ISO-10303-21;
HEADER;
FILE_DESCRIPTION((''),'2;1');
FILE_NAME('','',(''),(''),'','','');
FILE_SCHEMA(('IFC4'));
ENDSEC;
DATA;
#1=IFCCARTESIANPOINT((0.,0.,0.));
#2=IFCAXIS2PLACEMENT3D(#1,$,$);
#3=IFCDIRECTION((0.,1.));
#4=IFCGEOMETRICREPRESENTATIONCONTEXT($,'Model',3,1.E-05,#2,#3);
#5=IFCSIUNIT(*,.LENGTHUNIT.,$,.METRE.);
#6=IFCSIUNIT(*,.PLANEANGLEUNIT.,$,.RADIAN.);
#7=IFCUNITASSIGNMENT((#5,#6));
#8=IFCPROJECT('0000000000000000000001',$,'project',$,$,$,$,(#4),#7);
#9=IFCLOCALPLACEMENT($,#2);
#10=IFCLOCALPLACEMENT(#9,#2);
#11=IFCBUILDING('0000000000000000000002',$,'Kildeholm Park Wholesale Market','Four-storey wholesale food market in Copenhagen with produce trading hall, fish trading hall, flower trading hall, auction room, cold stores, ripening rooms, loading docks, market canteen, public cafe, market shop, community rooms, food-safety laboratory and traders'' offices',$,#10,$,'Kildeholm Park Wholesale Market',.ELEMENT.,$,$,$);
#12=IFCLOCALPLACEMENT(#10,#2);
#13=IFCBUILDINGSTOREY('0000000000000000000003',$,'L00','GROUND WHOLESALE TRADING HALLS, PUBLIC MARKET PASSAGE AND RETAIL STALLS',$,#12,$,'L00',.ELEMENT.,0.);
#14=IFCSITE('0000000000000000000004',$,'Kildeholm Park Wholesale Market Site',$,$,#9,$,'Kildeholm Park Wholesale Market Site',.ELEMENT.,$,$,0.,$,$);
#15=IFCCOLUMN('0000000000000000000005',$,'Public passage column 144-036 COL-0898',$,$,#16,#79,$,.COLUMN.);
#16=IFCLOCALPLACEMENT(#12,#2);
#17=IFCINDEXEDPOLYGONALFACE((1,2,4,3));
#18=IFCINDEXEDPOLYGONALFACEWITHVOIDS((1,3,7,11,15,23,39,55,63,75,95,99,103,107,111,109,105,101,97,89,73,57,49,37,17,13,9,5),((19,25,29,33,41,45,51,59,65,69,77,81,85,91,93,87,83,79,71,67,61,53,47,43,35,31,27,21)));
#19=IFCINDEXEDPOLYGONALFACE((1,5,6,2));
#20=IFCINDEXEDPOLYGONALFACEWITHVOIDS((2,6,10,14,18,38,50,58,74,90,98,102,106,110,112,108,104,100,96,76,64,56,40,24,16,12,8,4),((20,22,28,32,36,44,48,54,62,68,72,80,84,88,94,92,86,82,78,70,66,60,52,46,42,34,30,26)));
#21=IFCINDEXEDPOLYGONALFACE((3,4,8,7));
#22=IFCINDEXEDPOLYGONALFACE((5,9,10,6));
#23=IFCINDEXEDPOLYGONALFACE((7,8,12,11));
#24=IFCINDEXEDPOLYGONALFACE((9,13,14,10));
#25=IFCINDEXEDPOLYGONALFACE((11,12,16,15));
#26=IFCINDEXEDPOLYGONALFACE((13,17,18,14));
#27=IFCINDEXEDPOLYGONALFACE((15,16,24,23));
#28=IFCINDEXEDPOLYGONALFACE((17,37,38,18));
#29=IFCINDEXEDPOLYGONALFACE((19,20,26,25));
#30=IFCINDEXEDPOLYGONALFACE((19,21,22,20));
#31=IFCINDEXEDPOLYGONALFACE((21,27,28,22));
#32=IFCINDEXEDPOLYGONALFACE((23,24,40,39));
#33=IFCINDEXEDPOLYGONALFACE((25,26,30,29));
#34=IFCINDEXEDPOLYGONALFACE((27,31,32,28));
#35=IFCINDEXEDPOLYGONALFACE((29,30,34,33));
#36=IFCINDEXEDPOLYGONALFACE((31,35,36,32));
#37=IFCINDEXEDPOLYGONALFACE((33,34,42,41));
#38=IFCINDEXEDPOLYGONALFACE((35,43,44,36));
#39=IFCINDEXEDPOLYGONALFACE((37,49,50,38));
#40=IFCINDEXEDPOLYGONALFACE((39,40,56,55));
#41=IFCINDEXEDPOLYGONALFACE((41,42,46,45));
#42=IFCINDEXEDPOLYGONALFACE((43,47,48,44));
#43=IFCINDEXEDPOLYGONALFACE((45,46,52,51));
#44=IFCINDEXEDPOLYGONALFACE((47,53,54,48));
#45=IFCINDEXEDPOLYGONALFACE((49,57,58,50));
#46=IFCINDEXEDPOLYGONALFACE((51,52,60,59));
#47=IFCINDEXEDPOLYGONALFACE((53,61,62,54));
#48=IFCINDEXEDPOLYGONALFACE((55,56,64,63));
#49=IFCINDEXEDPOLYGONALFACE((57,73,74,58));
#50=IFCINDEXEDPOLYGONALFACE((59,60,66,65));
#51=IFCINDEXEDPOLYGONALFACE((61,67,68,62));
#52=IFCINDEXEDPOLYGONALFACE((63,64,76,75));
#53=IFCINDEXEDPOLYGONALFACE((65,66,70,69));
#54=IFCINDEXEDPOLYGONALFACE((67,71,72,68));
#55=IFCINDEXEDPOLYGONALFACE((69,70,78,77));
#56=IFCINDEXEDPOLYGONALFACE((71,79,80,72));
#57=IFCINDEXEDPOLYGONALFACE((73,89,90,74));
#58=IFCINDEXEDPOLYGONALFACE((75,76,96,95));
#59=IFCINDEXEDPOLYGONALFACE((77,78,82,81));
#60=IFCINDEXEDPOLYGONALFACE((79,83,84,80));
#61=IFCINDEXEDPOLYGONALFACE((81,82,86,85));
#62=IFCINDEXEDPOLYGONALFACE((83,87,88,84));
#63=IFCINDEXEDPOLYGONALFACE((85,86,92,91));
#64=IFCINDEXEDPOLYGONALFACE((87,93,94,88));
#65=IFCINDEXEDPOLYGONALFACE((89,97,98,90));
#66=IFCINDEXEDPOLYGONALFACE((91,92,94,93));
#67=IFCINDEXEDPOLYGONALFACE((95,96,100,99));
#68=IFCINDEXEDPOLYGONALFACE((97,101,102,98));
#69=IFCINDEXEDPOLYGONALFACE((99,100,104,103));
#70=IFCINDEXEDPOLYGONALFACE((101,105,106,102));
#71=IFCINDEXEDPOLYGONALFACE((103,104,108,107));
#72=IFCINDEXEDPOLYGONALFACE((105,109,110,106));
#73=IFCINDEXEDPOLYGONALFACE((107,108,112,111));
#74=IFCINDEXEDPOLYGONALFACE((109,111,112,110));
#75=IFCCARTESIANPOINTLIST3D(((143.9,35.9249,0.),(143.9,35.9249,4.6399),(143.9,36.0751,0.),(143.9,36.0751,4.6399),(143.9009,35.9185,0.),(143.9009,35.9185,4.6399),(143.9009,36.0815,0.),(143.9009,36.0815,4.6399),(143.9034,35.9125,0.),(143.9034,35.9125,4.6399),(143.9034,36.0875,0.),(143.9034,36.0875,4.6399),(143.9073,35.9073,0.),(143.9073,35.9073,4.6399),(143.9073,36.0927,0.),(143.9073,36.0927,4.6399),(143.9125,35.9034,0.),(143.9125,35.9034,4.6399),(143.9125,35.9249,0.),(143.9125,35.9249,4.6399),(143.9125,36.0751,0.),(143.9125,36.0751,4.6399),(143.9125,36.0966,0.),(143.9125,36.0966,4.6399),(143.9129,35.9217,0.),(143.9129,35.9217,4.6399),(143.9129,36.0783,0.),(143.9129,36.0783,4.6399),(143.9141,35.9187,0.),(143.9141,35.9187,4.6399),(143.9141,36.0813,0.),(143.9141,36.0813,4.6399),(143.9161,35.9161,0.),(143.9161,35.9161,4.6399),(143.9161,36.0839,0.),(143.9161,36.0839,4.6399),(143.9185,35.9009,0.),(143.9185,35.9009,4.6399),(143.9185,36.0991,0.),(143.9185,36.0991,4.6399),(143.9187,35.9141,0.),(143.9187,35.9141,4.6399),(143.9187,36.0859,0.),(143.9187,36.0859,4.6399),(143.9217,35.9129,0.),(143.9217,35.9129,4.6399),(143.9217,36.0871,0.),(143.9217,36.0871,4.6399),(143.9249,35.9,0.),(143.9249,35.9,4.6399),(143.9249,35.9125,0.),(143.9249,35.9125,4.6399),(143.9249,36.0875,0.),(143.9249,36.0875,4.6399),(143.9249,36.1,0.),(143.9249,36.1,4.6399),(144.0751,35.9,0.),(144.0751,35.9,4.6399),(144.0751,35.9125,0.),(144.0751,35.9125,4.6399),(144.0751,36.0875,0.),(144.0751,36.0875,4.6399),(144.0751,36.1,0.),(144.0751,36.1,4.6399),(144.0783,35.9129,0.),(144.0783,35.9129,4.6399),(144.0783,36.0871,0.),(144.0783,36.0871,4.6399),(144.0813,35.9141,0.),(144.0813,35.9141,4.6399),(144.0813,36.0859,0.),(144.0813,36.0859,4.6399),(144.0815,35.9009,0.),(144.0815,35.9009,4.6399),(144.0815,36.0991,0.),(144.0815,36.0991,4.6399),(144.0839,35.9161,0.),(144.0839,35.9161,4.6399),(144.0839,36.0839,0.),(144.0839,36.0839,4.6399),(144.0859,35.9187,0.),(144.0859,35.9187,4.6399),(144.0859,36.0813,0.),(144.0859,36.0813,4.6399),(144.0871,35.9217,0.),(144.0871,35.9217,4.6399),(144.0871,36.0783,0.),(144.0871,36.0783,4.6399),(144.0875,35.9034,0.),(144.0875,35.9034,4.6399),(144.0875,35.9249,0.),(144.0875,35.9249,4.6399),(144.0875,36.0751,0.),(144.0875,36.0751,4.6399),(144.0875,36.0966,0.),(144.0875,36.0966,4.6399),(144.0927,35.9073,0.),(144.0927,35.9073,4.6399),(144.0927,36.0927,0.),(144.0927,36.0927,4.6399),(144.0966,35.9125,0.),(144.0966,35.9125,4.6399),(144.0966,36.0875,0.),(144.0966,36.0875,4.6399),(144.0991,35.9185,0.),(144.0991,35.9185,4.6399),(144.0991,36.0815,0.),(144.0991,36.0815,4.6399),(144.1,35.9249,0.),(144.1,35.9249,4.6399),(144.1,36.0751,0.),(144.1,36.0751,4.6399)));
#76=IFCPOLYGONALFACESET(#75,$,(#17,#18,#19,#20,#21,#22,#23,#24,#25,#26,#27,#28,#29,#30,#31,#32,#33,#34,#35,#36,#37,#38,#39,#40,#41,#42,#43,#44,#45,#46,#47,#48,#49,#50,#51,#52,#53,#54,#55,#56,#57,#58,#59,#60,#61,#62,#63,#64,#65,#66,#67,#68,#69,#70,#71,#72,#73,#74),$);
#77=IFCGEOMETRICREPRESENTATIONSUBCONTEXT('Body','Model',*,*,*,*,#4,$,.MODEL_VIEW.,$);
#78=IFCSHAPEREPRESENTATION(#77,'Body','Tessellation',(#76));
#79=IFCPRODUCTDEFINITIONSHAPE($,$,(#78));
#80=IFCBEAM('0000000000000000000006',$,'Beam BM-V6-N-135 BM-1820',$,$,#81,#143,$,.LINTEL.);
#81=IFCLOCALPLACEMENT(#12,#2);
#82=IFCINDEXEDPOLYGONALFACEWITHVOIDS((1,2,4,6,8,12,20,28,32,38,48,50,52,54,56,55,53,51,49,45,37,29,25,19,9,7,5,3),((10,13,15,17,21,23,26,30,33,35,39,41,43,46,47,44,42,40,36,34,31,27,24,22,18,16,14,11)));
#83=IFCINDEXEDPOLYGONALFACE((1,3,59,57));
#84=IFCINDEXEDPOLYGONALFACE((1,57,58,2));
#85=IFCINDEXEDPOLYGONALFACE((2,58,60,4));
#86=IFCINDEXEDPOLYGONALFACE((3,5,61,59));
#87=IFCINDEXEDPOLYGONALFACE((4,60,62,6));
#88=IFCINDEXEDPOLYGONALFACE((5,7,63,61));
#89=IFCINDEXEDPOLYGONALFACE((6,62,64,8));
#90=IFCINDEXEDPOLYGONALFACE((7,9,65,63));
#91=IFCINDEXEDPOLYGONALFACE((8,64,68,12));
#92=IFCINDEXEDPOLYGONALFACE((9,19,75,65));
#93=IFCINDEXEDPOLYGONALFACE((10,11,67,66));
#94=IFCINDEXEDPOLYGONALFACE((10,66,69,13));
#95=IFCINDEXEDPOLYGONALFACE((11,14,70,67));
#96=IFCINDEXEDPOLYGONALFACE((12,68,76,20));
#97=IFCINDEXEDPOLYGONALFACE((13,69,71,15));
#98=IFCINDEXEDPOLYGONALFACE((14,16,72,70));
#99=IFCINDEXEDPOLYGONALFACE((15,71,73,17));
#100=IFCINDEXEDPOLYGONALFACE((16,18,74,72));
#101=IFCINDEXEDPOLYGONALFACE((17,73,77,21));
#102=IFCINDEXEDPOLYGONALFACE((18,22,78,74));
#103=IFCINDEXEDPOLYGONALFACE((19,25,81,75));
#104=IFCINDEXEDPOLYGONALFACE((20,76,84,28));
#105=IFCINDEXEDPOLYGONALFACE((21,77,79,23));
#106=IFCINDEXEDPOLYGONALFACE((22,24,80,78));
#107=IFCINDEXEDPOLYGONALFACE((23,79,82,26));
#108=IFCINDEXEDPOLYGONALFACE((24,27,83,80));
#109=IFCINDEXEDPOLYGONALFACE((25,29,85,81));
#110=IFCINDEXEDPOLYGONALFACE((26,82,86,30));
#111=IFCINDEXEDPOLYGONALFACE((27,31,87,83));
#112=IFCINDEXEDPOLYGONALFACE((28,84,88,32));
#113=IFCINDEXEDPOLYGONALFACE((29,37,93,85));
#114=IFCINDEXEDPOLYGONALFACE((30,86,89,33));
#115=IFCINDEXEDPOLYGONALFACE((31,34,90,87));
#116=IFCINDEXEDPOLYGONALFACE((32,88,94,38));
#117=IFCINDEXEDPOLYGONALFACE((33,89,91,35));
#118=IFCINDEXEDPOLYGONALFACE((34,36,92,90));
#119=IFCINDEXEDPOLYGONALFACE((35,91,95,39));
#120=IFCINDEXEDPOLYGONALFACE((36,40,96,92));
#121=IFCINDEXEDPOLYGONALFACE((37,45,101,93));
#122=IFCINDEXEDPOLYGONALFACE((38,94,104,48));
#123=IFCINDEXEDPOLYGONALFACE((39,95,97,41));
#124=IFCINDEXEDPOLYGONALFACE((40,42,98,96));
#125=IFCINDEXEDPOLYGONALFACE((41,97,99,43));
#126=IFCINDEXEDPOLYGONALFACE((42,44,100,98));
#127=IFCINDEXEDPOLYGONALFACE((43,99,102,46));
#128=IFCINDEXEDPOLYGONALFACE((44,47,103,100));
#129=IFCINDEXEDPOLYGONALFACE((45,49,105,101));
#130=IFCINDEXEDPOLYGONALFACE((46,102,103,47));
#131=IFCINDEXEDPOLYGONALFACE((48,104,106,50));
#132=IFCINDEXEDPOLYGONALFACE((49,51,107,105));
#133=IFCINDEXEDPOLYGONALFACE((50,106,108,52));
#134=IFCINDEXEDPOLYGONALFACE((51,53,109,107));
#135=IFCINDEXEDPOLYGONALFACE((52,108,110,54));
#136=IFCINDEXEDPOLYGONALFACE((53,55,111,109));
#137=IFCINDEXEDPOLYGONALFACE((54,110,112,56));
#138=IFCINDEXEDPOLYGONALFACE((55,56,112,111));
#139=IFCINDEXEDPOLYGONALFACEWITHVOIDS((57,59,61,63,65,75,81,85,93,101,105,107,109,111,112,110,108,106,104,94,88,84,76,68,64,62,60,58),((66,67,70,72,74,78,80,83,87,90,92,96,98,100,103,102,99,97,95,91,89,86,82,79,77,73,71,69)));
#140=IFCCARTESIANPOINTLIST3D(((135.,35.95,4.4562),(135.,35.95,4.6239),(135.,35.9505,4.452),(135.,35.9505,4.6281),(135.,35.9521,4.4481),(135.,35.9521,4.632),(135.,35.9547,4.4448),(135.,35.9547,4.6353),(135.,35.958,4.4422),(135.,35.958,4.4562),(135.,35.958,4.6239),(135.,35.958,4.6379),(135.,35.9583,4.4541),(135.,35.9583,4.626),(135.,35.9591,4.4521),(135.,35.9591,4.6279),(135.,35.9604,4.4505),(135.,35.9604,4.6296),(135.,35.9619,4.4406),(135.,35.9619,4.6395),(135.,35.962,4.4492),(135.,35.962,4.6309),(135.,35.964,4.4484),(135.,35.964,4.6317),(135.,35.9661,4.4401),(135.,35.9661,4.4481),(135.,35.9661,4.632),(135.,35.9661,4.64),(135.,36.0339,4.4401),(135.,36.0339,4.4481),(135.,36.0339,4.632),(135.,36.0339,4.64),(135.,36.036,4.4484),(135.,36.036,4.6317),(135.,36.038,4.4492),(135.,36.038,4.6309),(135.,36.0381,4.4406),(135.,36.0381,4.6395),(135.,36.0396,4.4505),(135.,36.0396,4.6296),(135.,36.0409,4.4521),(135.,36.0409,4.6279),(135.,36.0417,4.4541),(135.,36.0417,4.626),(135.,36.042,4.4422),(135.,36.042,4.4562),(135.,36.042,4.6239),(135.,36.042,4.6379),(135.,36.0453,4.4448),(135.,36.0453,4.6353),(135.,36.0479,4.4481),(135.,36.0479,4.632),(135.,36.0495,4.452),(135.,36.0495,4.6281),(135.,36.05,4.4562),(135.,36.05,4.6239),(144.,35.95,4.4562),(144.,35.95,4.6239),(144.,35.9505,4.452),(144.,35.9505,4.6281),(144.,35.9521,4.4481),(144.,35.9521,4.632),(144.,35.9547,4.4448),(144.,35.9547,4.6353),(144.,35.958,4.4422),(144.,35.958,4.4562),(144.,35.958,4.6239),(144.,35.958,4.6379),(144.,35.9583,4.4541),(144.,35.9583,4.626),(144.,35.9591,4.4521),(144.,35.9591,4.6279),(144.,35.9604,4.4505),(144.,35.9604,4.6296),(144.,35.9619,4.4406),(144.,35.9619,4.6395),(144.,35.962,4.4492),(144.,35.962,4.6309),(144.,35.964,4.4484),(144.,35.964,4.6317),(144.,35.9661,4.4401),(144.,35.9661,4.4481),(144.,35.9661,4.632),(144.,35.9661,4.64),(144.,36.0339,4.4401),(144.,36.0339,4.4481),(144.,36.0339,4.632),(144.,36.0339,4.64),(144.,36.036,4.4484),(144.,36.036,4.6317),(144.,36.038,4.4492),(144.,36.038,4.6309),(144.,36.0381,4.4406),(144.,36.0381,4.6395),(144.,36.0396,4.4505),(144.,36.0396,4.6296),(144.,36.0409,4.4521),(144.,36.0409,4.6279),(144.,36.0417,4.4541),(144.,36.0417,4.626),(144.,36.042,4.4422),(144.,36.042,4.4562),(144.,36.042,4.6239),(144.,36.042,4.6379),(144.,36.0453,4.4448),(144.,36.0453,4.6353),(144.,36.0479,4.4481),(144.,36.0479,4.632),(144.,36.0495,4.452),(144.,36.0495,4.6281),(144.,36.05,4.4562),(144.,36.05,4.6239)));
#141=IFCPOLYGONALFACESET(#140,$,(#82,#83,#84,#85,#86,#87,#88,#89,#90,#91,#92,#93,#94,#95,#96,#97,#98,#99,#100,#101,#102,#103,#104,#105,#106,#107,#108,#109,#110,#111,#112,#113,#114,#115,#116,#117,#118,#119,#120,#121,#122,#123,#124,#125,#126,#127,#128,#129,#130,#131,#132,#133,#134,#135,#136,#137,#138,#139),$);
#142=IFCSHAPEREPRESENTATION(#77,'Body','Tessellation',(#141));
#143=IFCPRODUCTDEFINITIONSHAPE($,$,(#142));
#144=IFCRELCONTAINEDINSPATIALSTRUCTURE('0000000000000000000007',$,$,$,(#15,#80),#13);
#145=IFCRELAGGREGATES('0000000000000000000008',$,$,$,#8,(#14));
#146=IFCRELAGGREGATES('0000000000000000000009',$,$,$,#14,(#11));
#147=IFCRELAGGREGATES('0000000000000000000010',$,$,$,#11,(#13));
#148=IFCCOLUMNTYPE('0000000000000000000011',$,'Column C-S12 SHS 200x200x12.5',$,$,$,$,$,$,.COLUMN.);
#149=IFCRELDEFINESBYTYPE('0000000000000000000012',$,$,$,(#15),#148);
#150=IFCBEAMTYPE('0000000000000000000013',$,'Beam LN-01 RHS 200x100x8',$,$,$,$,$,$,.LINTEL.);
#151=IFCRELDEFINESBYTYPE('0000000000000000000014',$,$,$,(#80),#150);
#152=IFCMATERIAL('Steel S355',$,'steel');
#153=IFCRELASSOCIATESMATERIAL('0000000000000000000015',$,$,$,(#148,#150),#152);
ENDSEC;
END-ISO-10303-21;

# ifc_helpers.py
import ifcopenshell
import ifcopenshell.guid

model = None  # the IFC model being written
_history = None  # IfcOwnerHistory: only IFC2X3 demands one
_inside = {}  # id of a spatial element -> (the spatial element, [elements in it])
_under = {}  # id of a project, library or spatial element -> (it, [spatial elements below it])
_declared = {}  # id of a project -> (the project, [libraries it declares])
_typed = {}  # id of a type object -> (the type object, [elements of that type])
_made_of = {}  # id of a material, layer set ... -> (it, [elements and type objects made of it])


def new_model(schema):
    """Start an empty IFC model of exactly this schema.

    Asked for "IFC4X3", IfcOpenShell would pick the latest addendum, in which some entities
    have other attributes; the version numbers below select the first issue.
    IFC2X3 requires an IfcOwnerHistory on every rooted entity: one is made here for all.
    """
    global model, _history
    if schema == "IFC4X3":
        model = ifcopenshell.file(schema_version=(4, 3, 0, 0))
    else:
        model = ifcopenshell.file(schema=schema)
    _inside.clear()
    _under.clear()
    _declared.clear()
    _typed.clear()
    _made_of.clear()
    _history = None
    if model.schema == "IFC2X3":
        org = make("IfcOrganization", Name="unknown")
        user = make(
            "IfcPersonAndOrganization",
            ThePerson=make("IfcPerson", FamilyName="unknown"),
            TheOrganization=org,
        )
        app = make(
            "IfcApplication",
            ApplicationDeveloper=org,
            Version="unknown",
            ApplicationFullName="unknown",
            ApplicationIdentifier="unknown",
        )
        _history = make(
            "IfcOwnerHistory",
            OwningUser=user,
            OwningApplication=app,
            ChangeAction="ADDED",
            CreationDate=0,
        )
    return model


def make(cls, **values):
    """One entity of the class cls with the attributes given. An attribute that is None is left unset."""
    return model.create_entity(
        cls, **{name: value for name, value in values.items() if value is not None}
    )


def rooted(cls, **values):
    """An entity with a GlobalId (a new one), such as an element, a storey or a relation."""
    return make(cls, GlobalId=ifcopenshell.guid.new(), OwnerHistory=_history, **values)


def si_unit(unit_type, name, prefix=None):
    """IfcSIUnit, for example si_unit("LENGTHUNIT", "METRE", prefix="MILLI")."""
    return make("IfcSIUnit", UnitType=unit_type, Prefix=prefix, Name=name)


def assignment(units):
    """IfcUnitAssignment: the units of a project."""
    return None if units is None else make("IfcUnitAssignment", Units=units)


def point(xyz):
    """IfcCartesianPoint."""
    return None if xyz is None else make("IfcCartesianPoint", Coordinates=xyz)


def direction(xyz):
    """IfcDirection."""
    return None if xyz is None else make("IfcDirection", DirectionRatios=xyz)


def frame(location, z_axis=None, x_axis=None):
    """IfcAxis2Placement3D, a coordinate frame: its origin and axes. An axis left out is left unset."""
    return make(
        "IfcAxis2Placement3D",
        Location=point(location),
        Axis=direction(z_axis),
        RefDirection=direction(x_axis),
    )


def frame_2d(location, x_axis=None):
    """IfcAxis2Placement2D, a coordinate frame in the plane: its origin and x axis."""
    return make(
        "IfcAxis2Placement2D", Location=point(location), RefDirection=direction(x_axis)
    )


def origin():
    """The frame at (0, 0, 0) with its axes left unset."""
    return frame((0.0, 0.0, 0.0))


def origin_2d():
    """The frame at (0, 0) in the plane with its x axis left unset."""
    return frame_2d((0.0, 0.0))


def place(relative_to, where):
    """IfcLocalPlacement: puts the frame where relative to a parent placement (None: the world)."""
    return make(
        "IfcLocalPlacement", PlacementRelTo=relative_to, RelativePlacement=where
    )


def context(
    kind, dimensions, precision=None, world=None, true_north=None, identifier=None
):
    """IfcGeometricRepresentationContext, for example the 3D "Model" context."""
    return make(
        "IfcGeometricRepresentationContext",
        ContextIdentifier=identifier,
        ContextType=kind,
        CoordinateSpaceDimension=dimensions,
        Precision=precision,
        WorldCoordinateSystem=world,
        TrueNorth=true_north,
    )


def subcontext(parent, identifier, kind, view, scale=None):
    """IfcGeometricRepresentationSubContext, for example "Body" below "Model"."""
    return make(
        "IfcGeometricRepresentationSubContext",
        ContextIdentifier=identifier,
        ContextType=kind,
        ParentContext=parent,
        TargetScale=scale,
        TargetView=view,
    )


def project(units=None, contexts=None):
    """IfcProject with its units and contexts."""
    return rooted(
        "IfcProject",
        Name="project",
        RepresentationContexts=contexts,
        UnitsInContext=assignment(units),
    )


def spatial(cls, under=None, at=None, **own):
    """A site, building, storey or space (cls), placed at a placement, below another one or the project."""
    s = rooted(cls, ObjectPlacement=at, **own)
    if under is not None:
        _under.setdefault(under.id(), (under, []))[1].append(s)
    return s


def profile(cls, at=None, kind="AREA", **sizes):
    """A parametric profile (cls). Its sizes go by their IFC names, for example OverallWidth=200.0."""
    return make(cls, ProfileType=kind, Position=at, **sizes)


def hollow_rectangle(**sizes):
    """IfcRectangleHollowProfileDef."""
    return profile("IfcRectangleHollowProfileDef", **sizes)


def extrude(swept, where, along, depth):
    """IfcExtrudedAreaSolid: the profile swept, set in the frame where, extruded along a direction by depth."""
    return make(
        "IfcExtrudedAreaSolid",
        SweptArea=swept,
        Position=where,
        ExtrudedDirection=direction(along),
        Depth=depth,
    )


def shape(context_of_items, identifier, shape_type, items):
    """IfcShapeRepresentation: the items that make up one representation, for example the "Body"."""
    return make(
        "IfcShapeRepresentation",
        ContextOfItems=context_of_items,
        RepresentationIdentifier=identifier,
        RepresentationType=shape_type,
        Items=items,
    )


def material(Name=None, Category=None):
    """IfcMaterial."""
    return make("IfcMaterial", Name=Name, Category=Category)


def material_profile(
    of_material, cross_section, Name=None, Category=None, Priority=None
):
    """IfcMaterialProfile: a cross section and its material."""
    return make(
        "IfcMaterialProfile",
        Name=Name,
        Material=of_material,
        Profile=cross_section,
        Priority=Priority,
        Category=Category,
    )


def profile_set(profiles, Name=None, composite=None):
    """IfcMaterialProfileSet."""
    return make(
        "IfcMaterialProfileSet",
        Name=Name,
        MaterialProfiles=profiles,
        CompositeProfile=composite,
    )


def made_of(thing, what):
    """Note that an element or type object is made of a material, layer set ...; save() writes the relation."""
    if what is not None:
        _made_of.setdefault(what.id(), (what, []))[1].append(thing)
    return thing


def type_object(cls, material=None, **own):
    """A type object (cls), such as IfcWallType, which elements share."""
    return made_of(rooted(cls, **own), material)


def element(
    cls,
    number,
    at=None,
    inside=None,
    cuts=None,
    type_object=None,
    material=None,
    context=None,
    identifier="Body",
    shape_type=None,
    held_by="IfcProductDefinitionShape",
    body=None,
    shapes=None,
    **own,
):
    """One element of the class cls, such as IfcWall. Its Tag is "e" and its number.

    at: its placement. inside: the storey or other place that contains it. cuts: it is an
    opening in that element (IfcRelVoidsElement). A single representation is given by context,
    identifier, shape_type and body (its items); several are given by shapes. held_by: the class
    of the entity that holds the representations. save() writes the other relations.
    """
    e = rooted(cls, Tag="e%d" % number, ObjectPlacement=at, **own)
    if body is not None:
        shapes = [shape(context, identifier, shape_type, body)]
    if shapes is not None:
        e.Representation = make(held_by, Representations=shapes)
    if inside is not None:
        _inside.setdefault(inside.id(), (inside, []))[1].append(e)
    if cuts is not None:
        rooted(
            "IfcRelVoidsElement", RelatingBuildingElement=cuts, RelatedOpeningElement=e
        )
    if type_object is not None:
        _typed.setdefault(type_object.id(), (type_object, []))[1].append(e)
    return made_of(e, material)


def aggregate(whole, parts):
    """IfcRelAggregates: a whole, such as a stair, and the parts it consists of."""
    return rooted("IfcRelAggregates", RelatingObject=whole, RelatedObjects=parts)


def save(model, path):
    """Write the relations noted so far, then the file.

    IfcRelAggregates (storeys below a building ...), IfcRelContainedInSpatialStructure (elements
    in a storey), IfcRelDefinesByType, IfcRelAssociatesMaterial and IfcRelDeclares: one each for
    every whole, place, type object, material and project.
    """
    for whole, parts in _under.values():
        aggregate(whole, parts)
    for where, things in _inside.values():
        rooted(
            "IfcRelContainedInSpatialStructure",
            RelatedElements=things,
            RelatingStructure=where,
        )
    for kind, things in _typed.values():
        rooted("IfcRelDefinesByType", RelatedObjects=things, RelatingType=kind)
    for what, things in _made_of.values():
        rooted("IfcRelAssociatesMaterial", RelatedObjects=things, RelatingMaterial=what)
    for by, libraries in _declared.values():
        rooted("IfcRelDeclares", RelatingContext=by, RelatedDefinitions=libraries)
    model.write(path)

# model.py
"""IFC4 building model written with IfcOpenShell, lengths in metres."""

from ifc_helpers import new_model, si_unit, direction, frame, origin, origin_2d, place, context, subcontext, project, spatial, hollow_rectangle, extrude, material, material_profile, profile_set, type_object, element, save


model = new_model("IFC4")

# Units and contexts
model_context = context("Model", 3, precision=1e-05, world=origin(), true_north=direction((0.0, 1.0)))
body_context = subcontext(model_context, "Body", "Model", "MODEL_VIEW")
ifc_project = project(units=[si_unit("LENGTHUNIT", "METRE"), si_unit("PLANEANGLEUNIT", "RADIAN")], contexts=[model_context])

# Site, building, storey
site_placement = place(None, origin())
site = spatial("IfcSite", under=ifc_project, at=site_placement, Name="Kildeholm Park Wholesale Market Site", LongName="Kildeholm Park Wholesale Market Site", CompositionType="ELEMENT", RefElevation=0.0)
building_placement = place(site_placement, origin())
building = spatial("IfcBuilding", under=site, at=building_placement, Name="Kildeholm Park Wholesale Market", Description="Four-storey wholesale food market in Copenhagen with produce trading hall, fish trading hall, flower trading hall, auction room, cold stores, ripening rooms, loading docks, market canteen, public cafe, market shop, community rooms, food-safety laboratory and traders' offices", LongName="Kildeholm Park Wholesale Market", CompositionType="ELEMENT")
storey_placement = place(building_placement, origin())
storey = spatial("IfcBuildingStorey", under=building, at=storey_placement, Name="L00", Description="GROUND WHOLESALE TRADING HALLS, PUBLIC MARKET PASSAGE AND RETAIL STALLS", LongName="L00", CompositionType="ELEMENT", Elevation=0.0)

# Column
ifc_material_1 = material(Name="Steel S355", Category="steel")
ifc_material_profile_1 = material_profile(ifc_material_1, hollow_rectangle(XDim=0.2, YDim=0.2, WallThickness=0.0125, InnerFilletRadius=0.0125, OuterFilletRadius=0.0249, at=origin_2d()), Name="SHS 200x200x12.5")
ifc_profile_set_1 = profile_set([ifc_material_profile_1], Name="Steel S355")
column_type_1 = type_object("IfcColumnType", Name="Column C-S12 SHS 200x200x12.5", PredefinedType="COLUMN", material=ifc_profile_set_1)
column_1_placement = place(storey_placement, frame((144.0, 36.0, 0.0), z_axis=(0.0, 0.0, 1.0), x_axis=(1.0, 0.0, 0.0)))
element("IfcColumn", 1, at=column_1_placement, inside=storey, type_object=column_type_1, Name="Public passage column 144-036 COL-0898", PredefinedType="COLUMN", context=body_context, shape_type="SweptSolid", body=[
    extrude(hollow_rectangle(XDim=0.2, YDim=0.2, WallThickness=0.0125, InnerFilletRadius=0.0125, OuterFilletRadius=0.0249, at=origin_2d()), origin(), (0.0, 0.0, 1.0), 4.6399),
])

# Beam
ifc_material_profile_2 = material_profile(ifc_material_1, hollow_rectangle(XDim=0.1001, YDim=0.2, WallThickness=0.0081, InnerFilletRadius=0.0081, OuterFilletRadius=0.0161, at=origin_2d()), Name="RHS 200x100x8")
ifc_profile_set_2 = profile_set([ifc_material_profile_2], Name="Steel S355")
beam_type = type_object("IfcBeamType", Name="Beam LN-01 RHS 200x100x8", PredefinedType="LINTEL", material=ifc_profile_set_2)
for number, where, z_axis, x_axis, name in (
    (2, (135.0, 36.0, 4.54), (1.0, 0.0, 0.0), (0.0, 1.0, 0.0), "Beam BM-V6-N-135 BM-1820"),
):
    element("IfcBeam", number, at=place(storey_placement, frame(where, z_axis=z_axis, x_axis=x_axis)), inside=storey, type_object=beam_type, Name=name, PredefinedType="LINTEL", context=body_context, shape_type="SweptSolid", body=[
        extrude(hollow_rectangle(XDim=0.1001, YDim=0.2, WallThickness=0.0081, InnerFilletRadius=0.0081, OuterFilletRadius=0.0161, at=origin_2d()), origin(), (0.0, 0.0, 1.0), 9.0),
    ])

save(model, "model.ifc")
